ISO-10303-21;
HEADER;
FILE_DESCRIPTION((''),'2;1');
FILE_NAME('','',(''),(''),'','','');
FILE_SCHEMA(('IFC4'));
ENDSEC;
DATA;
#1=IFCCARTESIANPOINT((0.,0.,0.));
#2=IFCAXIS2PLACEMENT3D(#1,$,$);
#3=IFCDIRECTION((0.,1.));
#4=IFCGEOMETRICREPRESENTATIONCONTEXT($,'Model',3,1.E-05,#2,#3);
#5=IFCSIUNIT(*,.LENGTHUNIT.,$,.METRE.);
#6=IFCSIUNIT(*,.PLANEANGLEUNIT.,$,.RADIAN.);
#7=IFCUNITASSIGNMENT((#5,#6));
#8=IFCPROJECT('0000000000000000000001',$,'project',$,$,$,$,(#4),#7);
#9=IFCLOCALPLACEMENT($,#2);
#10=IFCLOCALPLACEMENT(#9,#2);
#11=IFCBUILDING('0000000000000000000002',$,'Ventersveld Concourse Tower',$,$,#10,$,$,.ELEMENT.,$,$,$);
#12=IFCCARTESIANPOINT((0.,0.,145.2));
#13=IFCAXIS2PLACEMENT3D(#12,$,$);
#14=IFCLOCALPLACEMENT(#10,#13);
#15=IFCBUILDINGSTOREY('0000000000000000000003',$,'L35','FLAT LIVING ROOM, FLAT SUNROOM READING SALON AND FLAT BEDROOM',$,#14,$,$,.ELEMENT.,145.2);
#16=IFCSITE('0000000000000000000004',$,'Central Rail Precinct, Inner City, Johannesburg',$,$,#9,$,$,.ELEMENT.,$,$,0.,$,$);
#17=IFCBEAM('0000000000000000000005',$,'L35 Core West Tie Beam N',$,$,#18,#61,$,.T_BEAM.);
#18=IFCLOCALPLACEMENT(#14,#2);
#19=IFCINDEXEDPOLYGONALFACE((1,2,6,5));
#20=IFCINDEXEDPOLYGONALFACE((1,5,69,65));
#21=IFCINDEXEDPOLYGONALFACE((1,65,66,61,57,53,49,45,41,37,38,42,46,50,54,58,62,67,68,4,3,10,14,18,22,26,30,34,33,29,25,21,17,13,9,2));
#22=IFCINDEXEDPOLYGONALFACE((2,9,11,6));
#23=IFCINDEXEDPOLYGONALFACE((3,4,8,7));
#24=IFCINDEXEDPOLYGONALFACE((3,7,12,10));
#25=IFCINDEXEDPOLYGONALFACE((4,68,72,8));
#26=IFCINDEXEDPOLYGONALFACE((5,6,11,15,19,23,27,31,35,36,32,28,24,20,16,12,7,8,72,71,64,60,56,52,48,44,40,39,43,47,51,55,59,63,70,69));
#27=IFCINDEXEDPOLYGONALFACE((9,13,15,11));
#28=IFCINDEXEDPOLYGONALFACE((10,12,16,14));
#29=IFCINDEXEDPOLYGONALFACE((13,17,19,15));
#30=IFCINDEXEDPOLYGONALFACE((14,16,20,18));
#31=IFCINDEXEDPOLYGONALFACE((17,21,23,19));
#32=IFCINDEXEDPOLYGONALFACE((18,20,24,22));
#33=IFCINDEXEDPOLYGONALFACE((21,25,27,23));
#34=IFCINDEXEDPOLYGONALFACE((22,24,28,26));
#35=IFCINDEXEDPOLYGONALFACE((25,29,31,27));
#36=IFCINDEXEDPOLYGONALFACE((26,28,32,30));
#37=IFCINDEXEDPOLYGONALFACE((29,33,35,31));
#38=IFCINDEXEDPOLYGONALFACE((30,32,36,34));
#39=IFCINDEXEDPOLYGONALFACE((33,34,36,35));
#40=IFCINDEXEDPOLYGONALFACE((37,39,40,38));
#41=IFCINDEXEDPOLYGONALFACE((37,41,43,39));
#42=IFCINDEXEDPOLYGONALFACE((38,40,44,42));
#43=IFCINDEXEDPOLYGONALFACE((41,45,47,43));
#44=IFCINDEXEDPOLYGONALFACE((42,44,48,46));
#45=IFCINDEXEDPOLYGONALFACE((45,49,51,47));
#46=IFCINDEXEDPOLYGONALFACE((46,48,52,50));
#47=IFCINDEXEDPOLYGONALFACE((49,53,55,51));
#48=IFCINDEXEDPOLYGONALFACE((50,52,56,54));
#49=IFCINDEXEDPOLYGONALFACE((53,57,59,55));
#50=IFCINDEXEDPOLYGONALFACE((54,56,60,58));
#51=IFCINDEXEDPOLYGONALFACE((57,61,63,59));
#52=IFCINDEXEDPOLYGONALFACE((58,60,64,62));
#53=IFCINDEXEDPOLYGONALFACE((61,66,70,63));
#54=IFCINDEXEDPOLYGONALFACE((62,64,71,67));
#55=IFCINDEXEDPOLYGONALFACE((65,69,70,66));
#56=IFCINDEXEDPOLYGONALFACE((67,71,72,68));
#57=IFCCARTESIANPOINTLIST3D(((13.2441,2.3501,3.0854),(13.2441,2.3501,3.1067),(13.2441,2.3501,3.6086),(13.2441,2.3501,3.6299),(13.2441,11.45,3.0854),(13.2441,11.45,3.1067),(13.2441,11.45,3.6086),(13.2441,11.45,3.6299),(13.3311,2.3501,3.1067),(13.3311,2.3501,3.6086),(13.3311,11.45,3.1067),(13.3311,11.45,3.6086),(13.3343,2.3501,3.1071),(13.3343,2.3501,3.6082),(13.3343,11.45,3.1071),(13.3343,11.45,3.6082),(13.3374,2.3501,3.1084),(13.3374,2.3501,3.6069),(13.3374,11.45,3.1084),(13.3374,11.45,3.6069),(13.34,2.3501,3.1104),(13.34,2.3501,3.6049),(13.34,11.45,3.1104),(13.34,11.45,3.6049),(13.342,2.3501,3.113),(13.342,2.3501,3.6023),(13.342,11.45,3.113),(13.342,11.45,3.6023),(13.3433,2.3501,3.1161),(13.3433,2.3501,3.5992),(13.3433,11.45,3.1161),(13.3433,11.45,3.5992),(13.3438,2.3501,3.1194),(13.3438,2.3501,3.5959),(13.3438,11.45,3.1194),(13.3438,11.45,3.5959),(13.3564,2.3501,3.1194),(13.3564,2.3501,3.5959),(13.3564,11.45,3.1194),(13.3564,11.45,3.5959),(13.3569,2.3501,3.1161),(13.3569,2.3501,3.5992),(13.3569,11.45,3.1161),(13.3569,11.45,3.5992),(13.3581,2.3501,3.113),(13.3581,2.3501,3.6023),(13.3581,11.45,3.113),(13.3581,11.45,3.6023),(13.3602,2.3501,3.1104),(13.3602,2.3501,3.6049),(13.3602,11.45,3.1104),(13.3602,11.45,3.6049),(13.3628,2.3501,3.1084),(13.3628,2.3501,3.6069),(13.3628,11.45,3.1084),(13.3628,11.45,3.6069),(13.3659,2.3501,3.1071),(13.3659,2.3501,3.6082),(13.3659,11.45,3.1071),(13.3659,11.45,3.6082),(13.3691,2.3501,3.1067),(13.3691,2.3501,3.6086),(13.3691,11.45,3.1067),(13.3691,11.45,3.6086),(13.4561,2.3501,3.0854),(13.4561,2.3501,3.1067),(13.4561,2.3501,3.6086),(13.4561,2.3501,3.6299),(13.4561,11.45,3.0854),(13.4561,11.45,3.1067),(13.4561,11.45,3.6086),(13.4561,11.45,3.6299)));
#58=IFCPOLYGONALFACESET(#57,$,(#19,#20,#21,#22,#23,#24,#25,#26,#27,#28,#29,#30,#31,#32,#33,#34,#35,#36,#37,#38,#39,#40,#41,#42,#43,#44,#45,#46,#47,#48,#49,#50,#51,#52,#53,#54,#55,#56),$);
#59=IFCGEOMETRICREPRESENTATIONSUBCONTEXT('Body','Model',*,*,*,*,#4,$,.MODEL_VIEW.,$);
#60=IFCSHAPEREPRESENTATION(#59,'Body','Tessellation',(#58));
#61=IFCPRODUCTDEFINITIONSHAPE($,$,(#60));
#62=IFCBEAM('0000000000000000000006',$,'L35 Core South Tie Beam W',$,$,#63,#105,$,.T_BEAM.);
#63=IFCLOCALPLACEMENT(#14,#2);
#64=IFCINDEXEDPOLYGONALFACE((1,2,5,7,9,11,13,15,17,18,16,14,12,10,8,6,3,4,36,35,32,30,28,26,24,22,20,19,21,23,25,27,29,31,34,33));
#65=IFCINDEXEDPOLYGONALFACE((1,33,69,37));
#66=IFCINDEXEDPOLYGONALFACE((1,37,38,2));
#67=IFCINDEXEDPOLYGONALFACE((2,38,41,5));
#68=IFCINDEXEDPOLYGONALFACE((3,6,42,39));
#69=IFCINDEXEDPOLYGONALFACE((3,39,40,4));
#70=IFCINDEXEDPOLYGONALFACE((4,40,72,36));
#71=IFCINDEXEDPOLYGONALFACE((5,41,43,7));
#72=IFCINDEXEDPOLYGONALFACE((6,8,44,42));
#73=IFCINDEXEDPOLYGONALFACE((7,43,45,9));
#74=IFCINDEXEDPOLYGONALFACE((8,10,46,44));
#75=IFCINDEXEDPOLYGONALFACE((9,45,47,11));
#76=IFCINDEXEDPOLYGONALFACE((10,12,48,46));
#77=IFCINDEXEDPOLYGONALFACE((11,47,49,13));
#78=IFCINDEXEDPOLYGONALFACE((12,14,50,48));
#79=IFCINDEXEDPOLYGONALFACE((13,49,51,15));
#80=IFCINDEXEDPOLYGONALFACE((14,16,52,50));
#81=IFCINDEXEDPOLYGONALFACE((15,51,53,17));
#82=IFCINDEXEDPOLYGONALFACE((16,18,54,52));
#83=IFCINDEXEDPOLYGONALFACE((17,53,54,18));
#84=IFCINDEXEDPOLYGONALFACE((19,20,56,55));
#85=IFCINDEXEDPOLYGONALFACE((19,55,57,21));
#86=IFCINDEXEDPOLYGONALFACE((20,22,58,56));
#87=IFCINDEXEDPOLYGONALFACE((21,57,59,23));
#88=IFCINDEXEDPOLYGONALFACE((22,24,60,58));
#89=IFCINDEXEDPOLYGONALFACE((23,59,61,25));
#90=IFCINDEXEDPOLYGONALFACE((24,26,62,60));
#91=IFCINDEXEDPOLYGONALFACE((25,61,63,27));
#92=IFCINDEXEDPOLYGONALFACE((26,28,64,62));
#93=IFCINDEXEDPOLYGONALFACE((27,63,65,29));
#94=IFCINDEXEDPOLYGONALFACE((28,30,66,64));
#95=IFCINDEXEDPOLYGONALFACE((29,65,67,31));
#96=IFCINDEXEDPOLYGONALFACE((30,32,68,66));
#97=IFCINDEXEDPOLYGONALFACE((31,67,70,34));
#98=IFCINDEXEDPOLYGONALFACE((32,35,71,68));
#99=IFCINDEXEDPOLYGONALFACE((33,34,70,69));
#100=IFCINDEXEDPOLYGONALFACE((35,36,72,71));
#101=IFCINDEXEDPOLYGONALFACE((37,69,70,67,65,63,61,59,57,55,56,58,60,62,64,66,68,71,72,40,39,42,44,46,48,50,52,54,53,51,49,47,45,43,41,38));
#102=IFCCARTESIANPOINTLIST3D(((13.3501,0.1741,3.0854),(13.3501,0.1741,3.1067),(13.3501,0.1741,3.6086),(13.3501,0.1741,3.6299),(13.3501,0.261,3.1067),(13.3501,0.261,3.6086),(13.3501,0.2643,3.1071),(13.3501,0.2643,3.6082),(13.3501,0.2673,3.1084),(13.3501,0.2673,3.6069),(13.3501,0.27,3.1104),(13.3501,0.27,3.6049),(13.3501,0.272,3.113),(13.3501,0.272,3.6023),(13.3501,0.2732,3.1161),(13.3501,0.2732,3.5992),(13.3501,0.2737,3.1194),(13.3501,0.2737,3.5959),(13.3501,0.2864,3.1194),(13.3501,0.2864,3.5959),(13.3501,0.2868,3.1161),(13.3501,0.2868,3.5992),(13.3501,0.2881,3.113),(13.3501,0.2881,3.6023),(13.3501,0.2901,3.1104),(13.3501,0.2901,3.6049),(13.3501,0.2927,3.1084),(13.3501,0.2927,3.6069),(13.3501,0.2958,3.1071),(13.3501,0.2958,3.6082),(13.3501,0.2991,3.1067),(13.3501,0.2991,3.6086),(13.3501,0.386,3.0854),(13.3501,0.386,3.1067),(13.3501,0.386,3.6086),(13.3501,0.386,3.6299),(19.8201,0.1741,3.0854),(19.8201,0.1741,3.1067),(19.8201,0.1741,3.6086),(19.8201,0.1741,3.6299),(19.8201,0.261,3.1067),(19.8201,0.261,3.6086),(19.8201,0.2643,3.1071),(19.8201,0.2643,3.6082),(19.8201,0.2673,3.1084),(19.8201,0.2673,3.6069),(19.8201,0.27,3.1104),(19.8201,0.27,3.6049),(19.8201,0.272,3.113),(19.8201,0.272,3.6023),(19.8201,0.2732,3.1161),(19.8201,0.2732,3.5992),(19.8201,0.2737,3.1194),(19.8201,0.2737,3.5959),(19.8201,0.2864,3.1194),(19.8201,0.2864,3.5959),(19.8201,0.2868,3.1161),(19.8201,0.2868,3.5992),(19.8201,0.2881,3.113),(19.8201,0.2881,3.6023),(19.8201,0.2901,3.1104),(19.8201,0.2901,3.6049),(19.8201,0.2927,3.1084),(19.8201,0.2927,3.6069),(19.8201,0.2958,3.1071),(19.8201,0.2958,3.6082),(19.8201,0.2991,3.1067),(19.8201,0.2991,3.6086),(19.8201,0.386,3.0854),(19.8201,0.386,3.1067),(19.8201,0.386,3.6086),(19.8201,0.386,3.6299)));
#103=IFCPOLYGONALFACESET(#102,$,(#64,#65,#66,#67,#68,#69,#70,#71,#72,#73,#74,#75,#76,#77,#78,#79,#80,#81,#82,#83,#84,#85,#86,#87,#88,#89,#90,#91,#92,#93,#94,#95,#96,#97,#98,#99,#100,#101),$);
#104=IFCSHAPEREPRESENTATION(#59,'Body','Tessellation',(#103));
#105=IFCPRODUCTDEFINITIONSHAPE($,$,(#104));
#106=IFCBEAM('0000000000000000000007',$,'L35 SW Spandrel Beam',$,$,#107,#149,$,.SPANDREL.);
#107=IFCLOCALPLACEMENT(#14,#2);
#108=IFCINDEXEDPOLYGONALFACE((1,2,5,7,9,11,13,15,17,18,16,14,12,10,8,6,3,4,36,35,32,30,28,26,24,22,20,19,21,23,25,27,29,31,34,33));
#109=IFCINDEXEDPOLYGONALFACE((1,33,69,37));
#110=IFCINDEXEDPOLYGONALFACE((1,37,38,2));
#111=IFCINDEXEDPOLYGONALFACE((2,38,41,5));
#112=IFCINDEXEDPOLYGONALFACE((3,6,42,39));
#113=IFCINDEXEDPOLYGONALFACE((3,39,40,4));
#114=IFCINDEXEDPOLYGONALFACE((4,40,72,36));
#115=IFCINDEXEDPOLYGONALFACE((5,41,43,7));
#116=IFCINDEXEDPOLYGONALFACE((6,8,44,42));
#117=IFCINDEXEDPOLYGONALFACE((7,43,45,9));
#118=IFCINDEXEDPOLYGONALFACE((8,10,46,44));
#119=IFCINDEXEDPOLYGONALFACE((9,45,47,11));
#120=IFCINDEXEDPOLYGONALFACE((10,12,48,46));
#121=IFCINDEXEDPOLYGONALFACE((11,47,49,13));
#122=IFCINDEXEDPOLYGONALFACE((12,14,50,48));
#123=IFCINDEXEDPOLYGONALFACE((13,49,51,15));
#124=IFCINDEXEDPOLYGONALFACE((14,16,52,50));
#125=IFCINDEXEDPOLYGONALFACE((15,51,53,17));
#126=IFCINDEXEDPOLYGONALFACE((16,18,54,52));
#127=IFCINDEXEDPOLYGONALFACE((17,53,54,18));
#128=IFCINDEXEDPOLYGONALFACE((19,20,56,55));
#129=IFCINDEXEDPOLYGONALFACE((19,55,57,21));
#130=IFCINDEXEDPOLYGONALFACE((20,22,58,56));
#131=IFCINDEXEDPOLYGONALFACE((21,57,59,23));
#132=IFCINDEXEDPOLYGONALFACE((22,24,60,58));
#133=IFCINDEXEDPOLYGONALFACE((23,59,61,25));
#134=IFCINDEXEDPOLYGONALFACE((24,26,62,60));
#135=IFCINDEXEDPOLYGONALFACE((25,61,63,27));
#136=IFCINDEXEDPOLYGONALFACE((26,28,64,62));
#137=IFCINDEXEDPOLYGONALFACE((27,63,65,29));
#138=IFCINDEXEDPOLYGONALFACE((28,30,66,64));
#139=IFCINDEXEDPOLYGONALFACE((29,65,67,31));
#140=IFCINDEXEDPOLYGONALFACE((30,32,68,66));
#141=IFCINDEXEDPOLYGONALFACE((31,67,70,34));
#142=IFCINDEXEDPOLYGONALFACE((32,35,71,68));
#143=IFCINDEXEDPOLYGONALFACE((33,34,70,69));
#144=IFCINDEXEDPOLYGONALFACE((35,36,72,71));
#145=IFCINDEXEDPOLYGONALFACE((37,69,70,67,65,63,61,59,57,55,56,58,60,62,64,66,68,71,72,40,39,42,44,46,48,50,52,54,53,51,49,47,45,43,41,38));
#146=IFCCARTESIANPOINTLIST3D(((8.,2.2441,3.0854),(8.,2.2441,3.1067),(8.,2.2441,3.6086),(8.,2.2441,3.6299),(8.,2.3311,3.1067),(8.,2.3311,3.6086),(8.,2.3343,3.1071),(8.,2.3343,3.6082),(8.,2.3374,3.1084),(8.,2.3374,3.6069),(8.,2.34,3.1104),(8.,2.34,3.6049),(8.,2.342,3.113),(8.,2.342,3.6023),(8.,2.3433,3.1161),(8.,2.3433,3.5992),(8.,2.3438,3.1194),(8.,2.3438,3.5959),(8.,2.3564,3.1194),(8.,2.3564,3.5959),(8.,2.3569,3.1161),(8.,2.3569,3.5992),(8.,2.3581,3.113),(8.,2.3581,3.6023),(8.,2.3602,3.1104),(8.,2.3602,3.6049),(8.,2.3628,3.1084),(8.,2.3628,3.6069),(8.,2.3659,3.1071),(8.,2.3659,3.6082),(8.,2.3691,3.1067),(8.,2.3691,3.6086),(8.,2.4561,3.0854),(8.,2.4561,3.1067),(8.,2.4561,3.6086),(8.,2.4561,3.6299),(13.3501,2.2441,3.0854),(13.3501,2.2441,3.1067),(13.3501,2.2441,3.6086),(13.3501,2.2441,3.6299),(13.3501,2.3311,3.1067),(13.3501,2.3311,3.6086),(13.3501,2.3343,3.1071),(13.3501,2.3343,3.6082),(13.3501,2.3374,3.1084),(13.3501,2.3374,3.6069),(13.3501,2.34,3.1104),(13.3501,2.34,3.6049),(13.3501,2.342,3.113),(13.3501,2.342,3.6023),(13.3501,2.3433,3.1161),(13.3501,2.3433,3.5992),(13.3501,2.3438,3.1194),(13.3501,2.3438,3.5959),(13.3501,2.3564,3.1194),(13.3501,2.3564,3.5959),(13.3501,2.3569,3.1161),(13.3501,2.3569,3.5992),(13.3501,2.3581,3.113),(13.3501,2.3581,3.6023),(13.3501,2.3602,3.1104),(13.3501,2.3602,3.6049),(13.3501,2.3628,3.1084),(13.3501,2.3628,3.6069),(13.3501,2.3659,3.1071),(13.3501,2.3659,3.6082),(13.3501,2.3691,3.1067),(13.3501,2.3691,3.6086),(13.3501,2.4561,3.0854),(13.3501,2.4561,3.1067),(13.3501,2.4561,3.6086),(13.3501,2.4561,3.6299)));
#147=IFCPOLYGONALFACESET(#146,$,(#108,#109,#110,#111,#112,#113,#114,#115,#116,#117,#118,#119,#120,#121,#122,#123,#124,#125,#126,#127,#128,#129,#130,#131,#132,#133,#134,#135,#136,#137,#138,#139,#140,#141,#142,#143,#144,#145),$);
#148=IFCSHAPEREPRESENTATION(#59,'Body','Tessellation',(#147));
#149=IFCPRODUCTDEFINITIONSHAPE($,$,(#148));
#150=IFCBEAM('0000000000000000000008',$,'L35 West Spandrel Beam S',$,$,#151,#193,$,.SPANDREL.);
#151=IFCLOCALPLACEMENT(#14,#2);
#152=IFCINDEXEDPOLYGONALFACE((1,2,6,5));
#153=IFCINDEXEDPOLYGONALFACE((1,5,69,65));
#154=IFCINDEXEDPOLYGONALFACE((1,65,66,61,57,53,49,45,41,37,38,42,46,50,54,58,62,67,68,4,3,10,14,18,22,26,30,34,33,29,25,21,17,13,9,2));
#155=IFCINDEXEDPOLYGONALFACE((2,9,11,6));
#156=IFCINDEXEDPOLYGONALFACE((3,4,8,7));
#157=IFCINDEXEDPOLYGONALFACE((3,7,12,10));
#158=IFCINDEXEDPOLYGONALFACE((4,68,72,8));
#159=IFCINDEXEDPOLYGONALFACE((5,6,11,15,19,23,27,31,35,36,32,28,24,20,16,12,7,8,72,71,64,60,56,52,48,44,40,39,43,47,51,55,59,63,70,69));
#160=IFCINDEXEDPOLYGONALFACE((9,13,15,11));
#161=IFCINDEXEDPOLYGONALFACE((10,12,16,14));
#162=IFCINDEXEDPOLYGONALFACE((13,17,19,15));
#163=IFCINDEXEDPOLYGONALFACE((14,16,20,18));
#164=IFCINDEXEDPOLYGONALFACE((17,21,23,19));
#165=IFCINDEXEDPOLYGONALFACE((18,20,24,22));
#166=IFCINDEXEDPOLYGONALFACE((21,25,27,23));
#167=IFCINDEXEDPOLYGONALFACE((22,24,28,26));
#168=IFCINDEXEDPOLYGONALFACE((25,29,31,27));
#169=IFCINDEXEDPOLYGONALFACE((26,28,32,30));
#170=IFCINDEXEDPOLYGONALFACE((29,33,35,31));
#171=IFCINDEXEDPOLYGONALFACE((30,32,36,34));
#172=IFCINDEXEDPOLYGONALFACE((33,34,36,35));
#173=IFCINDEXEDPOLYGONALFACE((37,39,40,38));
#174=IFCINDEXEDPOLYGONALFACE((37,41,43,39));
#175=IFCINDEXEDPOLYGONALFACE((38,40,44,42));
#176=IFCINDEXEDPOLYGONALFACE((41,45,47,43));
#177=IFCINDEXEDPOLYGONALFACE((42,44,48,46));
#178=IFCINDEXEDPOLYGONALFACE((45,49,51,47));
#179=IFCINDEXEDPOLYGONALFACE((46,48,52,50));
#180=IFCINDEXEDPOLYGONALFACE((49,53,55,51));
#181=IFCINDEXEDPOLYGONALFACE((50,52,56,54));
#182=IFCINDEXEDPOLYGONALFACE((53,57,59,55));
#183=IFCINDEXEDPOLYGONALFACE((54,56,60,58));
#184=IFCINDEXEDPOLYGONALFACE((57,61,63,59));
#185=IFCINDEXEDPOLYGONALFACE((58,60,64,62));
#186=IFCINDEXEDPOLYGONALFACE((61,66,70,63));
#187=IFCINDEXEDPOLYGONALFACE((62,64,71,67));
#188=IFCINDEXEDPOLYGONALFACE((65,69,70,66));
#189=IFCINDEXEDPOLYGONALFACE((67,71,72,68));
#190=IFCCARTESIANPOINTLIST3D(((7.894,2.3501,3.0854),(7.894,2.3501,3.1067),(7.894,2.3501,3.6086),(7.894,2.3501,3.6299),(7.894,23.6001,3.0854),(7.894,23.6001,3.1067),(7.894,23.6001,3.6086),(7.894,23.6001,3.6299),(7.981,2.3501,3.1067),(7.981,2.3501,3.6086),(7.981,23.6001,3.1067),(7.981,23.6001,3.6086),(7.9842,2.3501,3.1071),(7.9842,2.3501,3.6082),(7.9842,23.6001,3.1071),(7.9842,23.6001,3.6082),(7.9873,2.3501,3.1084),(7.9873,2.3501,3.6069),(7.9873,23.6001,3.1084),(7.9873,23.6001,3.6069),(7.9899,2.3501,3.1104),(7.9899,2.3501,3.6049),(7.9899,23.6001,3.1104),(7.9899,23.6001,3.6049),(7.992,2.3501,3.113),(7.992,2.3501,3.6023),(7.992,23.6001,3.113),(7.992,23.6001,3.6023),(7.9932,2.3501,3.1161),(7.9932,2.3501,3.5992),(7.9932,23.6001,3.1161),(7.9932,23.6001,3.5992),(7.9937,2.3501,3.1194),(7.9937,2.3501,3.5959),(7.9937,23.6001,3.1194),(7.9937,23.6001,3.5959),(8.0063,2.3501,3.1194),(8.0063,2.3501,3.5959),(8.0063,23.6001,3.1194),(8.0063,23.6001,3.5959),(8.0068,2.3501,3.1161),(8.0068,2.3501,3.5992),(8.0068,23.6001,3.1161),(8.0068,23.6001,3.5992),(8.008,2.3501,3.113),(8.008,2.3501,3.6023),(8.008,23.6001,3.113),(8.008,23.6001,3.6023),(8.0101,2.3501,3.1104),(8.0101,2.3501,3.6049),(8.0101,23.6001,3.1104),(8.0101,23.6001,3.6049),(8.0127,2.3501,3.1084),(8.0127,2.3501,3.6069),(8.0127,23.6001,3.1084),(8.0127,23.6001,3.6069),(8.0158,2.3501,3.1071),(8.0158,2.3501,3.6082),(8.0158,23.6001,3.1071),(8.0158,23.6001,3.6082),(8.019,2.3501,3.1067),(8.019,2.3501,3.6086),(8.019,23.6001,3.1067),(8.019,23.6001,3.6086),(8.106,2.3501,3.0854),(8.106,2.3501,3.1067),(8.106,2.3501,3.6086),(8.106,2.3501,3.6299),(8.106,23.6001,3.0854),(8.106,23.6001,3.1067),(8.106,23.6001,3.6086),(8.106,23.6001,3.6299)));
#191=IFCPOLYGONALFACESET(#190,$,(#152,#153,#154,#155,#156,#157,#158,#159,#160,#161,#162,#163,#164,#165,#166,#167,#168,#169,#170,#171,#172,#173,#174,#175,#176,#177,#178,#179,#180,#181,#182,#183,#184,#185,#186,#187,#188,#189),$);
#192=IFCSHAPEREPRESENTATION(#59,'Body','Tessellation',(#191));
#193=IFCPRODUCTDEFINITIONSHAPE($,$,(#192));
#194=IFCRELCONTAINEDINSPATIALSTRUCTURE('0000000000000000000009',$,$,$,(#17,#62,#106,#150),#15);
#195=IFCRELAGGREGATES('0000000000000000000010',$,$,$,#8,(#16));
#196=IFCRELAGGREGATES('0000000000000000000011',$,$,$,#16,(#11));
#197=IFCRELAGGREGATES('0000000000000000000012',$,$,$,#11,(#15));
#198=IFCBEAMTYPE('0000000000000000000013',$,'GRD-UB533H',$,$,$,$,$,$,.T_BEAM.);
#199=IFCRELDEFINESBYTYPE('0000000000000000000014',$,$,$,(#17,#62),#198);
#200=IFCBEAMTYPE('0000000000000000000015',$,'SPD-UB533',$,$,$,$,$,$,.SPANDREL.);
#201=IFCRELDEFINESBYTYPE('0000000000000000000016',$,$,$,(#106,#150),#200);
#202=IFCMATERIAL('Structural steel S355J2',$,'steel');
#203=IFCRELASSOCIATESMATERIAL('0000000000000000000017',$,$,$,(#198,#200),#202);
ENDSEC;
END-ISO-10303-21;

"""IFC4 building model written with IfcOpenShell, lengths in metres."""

from ifc_helpers import new_model, si_unit, direction, frame, origin, origin_2d, place, context, subcontext, project, spatial, i_section, extrude, material, material_profile, profile_set, type_object, element, save


model = new_model("IFC4")

# Units and contexts
model_context = context("Model", 3, precision=1e-05, world=origin(), true_north=direction((0.0, 1.0)))
body_context = subcontext(model_context, "Body", "Model", "MODEL_VIEW")
ifc_project = project(units=[si_unit("LENGTHUNIT", "METRE"), si_unit("PLANEANGLEUNIT", "RADIAN")], contexts=[model_context])

# Site, building, storey
site_placement = place(None, origin())
site = spatial("IfcSite", under=ifc_project, at=site_placement, Name="Central Rail Precinct, Inner City, Johannesburg", CompositionType="ELEMENT", RefElevation=0.0)
building_placement = place(site_placement, origin())
building = spatial("IfcBuilding", under=site, at=building_placement, Name="Ventersveld Concourse Tower", CompositionType="ELEMENT")
storey_placement = place(building_placement, frame((0.0, 0.0, 145.2)))
storey = spatial("IfcBuildingStorey", under=building, at=storey_placement, Name="L35", Description="FLAT LIVING ROOM, FLAT SUNROOM READING SALON AND FLAT BEDROOM", CompositionType="ELEMENT", Elevation=145.2)

# Beams
ifc_material_1 = material(Name="Structural steel S355J2", Category="steel")
ifc_material_profile_1 = material_profile(ifc_material_1, i_section(OverallWidth=0.2119, OverallDepth=0.5444, WebThickness=0.0127, FlangeThickness=0.0212, FilletRadius=0.0127, at=origin_2d()), Name="UB 533x210x122")
ifc_profile_set_1 = profile_set([ifc_material_profile_1], Name="Structural steel S355J2")
beam_type_1 = type_object("IfcBeamType", Name="GRD-UB533H", PredefinedType="T_BEAM", material=ifc_profile_set_1)
beam_1_placement = place(storey_placement, frame((13.3501, 2.3501, 3.3577), z_axis=(0.0, 1.0, 0.0), x_axis=(-1.0, 0.0, 0.0)))
element("IfcBeam", 1, at=beam_1_placement, inside=storey, type_object=beam_type_1, Name="L35 Core West Tie Beam N", PredefinedType="T_BEAM", context=body_context, shape_type="SweptSolid", body=[
    extrude(i_section(OverallWidth=0.2119, OverallDepth=0.5444, WebThickness=0.0127, FlangeThickness=0.0212, FilletRadius=0.0127, at=origin_2d()), origin(), (0.0, 0.0, 1.0), 9.0999),
])
beam_2_placement = place(storey_placement, frame((13.3501, 0.28, 3.3577), z_axis=(1.0, 0.0, 0.0), x_axis=(0.0, 1.0, 0.0)))
element("IfcBeam", 2, at=beam_2_placement, inside=storey, type_object=beam_type_1, Name="L35 Core South Tie Beam W", PredefinedType="T_BEAM", context=body_context, shape_type="SweptSolid", body=[
    extrude(i_section(OverallWidth=0.2119, OverallDepth=0.5444, WebThickness=0.0127, FlangeThickness=0.0212, FilletRadius=0.0127, at=origin_2d()), origin(), (0.0, 0.0, 1.0), 6.47),
])
ifc_material_profile_2 = material_profile(ifc_material_1, i_section(OverallWidth=0.2119, OverallDepth=0.5444, WebThickness=0.0127, FlangeThickness=0.0212, FilletRadius=0.0127, at=origin_2d()), Name="UB 533x210x122")
ifc_profile_set_2 = profile_set([ifc_material_profile_2], Name="Structural steel S355J2")
beam_type_2 = type_object("IfcBeamType", Name="SPD-UB533", PredefinedType="SPANDREL", material=ifc_profile_set_2)
beam_3_placement = place(storey_placement, frame((8.0, 2.3501, 3.3577), z_axis=(1.0, 0.0, 0.0), x_axis=(0.0, 1.0, 0.0)))
element("IfcBeam", 3, at=beam_3_placement, inside=storey, type_object=beam_type_2, Name="L35 SW Spandrel Beam", PredefinedType="SPANDREL", context=body_context, shape_type="SweptSolid", body=[
    extrude(i_section(OverallWidth=0.2119, OverallDepth=0.5444, WebThickness=0.0127, FlangeThickness=0.0212, FilletRadius=0.0127, at=origin_2d()), origin(), (0.0, 0.0, 1.0), 5.3501),
])
beam_4_placement = place(storey_placement, frame((8.0, 2.3501, 3.3577), z_axis=(0.0, 1.0, 0.0), x_axis=(-1.0, 0.0, 0.0)))
element("IfcBeam", 4, at=beam_4_placement, inside=storey, type_object=beam_type_2, Name="L35 West Spandrel Beam S", PredefinedType="SPANDREL", context=body_context, shape_type="SweptSolid", body=[
    extrude(i_section(OverallWidth=0.2119, OverallDepth=0.5444, WebThickness=0.0127, FlangeThickness=0.0212, FilletRadius=0.0127, at=origin_2d()), origin(), (0.0, 0.0, 1.0), 21.25),
])

save(model, "model.ifc")
